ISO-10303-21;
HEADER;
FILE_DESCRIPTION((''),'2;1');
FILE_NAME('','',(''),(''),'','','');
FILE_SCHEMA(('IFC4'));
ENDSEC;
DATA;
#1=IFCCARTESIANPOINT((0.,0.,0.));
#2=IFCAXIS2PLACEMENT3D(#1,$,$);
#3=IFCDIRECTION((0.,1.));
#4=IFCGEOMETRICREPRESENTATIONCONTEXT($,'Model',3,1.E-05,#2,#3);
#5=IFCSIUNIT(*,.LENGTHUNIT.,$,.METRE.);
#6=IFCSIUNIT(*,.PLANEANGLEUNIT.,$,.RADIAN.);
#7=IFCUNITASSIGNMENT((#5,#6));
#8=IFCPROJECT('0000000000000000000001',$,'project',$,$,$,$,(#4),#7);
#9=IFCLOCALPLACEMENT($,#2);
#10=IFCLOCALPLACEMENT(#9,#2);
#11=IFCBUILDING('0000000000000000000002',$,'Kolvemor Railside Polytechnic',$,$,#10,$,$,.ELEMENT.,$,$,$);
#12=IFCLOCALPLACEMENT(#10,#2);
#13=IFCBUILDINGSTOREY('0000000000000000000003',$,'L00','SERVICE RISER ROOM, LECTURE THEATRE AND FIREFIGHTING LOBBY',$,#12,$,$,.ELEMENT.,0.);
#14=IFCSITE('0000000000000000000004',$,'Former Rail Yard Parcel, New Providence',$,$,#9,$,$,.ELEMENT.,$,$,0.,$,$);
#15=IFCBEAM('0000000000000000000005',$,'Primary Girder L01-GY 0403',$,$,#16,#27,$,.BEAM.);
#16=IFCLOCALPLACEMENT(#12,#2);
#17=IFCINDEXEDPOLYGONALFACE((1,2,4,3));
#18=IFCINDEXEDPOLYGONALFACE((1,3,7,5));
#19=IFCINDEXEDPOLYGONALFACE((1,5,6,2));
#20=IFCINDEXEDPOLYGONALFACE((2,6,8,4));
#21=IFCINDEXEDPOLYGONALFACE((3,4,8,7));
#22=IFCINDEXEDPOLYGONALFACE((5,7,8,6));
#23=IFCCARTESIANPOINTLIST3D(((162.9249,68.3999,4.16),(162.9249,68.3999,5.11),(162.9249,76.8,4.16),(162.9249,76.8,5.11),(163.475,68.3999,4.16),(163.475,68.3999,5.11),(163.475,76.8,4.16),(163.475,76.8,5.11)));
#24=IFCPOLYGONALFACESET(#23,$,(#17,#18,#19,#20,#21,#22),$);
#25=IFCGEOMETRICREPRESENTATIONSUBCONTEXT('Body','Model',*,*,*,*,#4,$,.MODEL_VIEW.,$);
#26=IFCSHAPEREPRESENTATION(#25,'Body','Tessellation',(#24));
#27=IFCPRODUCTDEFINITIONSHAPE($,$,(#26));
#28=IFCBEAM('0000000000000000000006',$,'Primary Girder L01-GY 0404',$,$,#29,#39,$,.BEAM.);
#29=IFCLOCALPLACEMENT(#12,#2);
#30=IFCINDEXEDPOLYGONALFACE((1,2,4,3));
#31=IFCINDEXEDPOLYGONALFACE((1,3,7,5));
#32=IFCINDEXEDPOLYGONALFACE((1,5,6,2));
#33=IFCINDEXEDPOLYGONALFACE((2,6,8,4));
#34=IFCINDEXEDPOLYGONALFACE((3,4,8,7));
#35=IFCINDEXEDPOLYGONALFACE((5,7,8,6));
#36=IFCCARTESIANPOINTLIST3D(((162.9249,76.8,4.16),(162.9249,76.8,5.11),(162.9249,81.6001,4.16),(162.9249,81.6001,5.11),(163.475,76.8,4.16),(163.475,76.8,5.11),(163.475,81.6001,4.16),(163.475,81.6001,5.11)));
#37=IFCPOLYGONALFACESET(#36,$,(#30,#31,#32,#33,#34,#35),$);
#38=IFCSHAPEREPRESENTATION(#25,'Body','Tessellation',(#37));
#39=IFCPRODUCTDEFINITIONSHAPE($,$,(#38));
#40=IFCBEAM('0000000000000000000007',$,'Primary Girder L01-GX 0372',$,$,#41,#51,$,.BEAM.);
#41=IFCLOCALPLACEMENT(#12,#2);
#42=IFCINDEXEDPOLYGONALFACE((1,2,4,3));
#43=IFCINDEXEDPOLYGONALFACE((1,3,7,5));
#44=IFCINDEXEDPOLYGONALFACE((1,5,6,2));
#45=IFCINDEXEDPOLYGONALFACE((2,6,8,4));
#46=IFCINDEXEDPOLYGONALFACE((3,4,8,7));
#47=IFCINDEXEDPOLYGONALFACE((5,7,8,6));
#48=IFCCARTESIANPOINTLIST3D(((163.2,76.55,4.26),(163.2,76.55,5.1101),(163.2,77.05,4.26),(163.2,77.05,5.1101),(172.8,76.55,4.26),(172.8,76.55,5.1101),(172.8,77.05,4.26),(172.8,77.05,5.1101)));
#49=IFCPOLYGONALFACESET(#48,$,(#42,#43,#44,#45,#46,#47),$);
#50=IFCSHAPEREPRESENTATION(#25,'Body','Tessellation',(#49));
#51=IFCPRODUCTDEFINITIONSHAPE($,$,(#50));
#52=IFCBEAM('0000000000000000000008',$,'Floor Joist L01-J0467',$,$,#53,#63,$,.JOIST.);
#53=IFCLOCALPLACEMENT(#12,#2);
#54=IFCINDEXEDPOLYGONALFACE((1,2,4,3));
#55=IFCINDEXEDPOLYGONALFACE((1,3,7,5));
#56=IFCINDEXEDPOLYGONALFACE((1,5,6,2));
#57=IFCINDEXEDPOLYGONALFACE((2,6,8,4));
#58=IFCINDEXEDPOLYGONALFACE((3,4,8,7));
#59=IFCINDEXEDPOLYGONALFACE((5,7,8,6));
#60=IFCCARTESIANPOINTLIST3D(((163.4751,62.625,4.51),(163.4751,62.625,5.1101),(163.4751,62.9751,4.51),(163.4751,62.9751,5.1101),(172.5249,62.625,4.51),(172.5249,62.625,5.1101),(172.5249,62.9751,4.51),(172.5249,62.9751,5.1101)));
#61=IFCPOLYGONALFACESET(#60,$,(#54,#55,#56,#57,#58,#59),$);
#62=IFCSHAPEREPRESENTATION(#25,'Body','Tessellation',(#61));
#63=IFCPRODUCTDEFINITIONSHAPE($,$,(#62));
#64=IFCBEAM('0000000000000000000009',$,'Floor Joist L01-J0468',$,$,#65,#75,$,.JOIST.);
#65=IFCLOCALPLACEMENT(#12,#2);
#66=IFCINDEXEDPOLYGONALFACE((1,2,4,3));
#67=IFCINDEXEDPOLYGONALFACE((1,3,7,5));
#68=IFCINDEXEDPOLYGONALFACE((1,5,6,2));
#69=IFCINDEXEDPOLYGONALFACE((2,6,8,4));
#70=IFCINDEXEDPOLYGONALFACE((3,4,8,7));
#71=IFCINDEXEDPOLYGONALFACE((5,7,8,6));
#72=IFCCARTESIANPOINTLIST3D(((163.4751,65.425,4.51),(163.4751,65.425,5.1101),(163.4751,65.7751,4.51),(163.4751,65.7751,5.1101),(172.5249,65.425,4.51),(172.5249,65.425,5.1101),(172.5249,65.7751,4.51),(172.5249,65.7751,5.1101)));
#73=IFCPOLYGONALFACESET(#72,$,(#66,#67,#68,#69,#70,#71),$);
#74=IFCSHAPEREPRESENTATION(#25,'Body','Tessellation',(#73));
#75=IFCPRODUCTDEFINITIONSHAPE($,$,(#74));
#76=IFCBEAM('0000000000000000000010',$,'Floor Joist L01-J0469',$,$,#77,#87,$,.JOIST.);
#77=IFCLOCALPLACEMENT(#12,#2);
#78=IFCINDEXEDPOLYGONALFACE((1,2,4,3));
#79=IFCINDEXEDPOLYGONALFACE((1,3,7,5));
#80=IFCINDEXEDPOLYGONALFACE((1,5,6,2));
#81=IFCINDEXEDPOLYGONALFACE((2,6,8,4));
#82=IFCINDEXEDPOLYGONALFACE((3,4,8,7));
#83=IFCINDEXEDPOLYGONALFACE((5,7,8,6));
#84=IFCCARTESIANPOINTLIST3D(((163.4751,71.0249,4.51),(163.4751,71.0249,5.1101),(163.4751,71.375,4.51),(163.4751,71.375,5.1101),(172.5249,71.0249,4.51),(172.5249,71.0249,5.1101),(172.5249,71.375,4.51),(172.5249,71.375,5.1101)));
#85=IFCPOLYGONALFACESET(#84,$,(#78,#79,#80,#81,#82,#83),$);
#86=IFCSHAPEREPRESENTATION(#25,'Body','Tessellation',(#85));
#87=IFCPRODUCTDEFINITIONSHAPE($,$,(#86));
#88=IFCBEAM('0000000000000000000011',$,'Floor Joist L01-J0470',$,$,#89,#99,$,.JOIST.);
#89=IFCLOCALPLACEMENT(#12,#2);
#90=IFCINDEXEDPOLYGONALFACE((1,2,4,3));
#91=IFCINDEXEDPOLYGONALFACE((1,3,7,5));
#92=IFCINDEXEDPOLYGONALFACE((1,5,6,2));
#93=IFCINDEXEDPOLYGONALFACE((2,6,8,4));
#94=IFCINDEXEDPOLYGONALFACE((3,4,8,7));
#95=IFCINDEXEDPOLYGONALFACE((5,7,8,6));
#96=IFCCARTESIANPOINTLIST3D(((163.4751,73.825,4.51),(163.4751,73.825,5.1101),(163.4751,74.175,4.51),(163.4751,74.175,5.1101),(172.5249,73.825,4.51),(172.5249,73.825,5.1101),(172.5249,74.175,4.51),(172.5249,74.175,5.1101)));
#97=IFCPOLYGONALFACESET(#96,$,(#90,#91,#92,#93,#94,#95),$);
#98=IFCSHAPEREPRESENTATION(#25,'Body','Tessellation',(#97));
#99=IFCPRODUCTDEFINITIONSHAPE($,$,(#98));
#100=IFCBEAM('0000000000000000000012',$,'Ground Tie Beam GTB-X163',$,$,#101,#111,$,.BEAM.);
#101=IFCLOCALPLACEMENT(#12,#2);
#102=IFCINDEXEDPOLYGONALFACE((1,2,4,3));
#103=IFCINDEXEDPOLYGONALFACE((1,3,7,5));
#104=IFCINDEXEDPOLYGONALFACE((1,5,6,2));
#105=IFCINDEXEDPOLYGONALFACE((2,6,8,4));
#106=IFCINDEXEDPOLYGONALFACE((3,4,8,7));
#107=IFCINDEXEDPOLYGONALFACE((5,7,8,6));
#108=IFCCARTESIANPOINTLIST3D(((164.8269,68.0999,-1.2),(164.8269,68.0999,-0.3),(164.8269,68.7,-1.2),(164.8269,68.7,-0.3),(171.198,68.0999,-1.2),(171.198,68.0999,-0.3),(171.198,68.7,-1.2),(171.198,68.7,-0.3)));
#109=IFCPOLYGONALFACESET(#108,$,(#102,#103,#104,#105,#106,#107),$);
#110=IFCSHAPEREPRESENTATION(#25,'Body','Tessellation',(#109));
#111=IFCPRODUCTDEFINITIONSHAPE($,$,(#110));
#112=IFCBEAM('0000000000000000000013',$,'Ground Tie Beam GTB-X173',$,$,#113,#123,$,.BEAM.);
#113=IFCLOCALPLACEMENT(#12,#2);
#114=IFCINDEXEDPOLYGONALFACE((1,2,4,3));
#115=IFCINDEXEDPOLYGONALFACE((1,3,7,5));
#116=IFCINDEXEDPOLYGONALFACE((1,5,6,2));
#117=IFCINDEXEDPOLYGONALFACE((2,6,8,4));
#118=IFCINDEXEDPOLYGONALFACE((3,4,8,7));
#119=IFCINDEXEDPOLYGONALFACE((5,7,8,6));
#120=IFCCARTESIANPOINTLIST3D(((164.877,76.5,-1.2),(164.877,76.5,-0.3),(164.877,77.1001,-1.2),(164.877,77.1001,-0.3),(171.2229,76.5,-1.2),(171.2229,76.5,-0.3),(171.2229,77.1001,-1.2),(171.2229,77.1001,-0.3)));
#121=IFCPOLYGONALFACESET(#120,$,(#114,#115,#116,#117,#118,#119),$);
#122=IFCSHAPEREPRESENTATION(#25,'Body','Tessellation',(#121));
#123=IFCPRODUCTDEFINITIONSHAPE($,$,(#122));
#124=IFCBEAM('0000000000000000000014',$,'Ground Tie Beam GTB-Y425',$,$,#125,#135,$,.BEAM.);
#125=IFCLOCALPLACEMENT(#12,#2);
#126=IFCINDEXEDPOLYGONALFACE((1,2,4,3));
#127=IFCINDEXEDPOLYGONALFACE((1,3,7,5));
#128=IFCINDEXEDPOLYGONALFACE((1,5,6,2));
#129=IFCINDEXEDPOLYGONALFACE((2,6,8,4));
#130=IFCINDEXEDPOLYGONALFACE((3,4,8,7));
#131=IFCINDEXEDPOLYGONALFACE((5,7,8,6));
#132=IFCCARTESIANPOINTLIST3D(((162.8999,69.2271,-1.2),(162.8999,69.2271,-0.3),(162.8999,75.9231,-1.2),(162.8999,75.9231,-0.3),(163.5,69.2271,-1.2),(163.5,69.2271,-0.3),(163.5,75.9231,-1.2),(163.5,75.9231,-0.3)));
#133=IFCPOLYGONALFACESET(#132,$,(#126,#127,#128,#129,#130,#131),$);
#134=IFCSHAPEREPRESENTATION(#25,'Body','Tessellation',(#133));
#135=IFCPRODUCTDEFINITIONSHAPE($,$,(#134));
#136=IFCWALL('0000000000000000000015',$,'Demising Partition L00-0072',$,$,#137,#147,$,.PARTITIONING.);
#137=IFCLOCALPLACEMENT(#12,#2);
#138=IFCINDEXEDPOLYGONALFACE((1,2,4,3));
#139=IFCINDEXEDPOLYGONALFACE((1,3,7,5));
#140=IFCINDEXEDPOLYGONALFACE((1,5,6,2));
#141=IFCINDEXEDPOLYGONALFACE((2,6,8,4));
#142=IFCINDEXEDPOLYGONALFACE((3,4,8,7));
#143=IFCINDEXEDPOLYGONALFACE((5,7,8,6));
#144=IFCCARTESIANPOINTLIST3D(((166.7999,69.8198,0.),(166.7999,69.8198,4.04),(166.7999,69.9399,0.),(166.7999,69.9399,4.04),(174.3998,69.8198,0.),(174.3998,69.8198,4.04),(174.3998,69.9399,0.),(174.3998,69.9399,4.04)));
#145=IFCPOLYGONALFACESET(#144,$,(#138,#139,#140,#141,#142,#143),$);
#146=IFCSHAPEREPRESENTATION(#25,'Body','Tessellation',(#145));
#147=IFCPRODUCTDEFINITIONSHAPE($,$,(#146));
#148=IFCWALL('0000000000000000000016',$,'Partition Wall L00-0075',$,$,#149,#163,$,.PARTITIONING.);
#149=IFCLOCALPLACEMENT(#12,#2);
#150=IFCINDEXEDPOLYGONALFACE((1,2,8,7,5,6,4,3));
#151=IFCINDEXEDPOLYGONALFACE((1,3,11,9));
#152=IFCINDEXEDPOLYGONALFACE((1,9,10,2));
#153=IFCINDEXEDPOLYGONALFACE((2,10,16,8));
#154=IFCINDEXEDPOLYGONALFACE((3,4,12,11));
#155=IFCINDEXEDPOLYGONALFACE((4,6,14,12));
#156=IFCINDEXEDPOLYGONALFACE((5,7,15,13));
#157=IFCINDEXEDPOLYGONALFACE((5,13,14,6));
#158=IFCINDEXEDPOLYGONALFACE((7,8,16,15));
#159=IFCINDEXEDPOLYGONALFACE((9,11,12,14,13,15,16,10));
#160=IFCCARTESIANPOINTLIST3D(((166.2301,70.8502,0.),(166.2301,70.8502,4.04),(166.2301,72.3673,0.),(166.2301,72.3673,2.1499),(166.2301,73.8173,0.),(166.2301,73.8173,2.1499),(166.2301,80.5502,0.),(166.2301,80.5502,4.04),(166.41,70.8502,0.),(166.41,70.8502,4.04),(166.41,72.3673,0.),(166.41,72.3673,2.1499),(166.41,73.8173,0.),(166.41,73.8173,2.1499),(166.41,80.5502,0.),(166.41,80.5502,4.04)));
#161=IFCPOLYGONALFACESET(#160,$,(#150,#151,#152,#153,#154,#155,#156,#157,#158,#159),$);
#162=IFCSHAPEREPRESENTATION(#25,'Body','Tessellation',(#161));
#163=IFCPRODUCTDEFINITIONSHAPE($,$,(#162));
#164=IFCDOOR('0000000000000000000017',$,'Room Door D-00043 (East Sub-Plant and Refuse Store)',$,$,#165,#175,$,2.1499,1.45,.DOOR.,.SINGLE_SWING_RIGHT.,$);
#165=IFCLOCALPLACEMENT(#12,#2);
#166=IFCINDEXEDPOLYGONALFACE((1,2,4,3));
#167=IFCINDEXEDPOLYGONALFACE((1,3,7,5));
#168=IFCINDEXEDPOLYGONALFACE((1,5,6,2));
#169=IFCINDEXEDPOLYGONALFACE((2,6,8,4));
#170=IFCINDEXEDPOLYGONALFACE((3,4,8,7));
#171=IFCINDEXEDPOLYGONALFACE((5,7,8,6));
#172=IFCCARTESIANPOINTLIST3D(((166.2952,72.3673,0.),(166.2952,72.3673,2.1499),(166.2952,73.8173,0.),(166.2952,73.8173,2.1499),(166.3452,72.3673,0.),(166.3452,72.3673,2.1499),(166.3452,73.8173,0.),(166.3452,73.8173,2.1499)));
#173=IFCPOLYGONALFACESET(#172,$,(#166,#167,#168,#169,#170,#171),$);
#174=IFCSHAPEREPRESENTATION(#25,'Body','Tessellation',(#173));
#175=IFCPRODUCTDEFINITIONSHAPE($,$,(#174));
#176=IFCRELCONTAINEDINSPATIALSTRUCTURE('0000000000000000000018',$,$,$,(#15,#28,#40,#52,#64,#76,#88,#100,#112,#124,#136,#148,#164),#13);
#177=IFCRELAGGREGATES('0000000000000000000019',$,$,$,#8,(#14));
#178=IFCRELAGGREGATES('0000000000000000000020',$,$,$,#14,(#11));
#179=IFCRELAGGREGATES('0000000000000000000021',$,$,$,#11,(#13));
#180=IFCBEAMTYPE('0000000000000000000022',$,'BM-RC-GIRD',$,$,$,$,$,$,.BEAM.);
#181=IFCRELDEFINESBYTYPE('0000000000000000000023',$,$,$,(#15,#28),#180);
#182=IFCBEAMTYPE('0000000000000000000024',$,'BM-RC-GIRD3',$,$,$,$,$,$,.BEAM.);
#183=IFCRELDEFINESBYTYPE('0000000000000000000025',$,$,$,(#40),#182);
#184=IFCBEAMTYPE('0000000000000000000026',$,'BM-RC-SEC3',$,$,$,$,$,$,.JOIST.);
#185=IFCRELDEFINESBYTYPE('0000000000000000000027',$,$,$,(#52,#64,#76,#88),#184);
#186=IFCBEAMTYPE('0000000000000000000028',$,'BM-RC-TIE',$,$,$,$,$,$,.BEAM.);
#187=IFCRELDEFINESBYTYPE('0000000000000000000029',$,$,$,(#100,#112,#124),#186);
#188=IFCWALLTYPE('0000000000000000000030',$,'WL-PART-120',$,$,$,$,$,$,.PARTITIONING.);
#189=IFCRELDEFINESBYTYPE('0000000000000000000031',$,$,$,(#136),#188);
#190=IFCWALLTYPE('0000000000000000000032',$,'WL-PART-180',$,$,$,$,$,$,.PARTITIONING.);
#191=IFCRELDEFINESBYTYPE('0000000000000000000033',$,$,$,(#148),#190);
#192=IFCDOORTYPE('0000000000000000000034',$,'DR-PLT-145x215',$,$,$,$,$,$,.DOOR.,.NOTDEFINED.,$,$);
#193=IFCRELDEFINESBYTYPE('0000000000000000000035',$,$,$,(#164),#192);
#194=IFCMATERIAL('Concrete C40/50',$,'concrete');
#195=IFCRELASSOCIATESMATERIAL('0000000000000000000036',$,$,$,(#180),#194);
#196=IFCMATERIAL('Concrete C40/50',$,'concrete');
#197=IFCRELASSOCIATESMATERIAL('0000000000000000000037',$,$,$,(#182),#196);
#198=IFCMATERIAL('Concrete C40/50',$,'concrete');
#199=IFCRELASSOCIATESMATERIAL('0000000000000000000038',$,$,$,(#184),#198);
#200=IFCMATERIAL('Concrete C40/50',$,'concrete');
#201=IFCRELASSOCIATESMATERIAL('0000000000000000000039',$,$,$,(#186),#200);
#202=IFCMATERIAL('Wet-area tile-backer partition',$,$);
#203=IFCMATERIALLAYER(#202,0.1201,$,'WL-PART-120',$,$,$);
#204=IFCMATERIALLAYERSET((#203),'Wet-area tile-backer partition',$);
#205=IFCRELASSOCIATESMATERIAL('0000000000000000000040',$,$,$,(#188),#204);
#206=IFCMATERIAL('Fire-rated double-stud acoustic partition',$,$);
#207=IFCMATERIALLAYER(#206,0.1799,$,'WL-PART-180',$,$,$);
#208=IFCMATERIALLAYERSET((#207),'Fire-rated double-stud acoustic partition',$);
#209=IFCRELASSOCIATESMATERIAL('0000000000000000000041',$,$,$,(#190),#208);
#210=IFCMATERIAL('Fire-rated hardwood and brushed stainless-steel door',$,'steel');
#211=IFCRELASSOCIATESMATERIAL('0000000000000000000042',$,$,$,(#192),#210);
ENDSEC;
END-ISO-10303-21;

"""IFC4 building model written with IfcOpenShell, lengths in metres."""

from ifc_helpers import new_model, si_unit, direction, frame, frame_2d, origin, origin_2d, place, context, subcontext, project, spatial, rectangle, extrude, material, layer, layer_set, material_profile, profile_set, type_object, element, fill, save


model = new_model("IFC4")

# Units and contexts
model_context = context("Model", 3, precision=1e-05, world=origin(), true_north=direction((0.0, 1.0)))
body_context = subcontext(model_context, "Body", "Model", "MODEL_VIEW")
ifc_project = project(units=[si_unit("LENGTHUNIT", "METRE"), si_unit("PLANEANGLEUNIT", "RADIAN")], contexts=[model_context])

# Site, building, storey
site_placement = place(None, origin())
site = spatial("IfcSite", under=ifc_project, at=site_placement, Name="Former Rail Yard Parcel, New Providence", CompositionType="ELEMENT", RefElevation=0.0)
building_placement = place(site_placement, origin())
building = spatial("IfcBuilding", under=site, at=building_placement, Name="Kolvemor Railside Polytechnic", CompositionType="ELEMENT")
storey_placement = place(building_placement, origin())
storey = spatial("IfcBuildingStorey", under=building, at=storey_placement, Name="L00", Description="SERVICE RISER ROOM, LECTURE THEATRE AND FIREFIGHTING LOBBY", CompositionType="ELEMENT", Elevation=0.0)

# Beams
ifc_material_1 = material(Name="Concrete C40/50", Category="concrete")
ifc_material_profile_1 = material_profile(ifc_material_1, rectangle(XDim=0.55, YDim=0.95, at=origin_2d()), Name="RC550x950")
ifc_profile_set_1 = profile_set([ifc_material_profile_1], Name="Concrete C40/50")
beam_type_1 = type_object("IfcBeamType", Name="BM-RC-GIRD", PredefinedType="BEAM", material=ifc_profile_set_1)
beam_1_placement = place(storey_placement, frame((163.2, 68.3999, 4.635), z_axis=(0.0, 1.0, 0.0), x_axis=(-1.0, 0.0, 0.0)))
element("IfcBeam", 1, at=beam_1_placement, inside=storey, type_object=beam_type_1, Name="Primary Girder L01-GY 0403", PredefinedType="BEAM", context=body_context, shape_type="SweptSolid", body=[
    extrude(rectangle(XDim=0.55, YDim=0.95, at=origin_2d()), origin(), (0.0, 0.0, 1.0), 8.4001),
])
beam_2_placement = place(storey_placement, frame((163.2, 76.8, 4.635), z_axis=(0.0, 1.0, 0.0), x_axis=(-1.0, 0.0, 0.0)))
element("IfcBeam", 2, at=beam_2_placement, inside=storey, type_object=beam_type_1, Name="Primary Girder L01-GY 0404", PredefinedType="BEAM", context=body_context, shape_type="SweptSolid", body=[
    extrude(rectangle(XDim=0.55, YDim=0.95, at=origin_2d()), origin(), (0.0, 0.0, 1.0), 4.8),
])
ifc_material_2 = material(Name="Concrete C40/50", Category="concrete")
ifc_material_profile_2 = material_profile(ifc_material_2, rectangle(XDim=0.5, YDim=0.8501, at=origin_2d()), Name="RC500x850")
ifc_profile_set_2 = profile_set([ifc_material_profile_2], Name="Concrete C40/50")
beam_type_2 = type_object("IfcBeamType", Name="BM-RC-GIRD3", PredefinedType="BEAM", material=ifc_profile_set_2)
beam_3_placement = place(storey_placement, frame((163.2, 76.8, 4.6851), z_axis=(1.0, 0.0, 0.0), x_axis=(0.0, 1.0, 0.0)))
element("IfcBeam", 3, at=beam_3_placement, inside=storey, type_object=beam_type_2, Name="Primary Girder L01-GX 0372", PredefinedType="BEAM", context=body_context, shape_type="SweptSolid", body=[
    extrude(rectangle(XDim=0.5, YDim=0.8501, at=origin_2d()), origin(), (0.0, 0.0, 1.0), 9.6001),
])
ifc_material_3 = material(Name="Concrete C40/50", Category="concrete")
ifc_material_profile_3 = material_profile(ifc_material_3, rectangle(XDim=0.3501, YDim=0.6001, at=origin_2d()), Name="RC350x600")
ifc_profile_set_3 = profile_set([ifc_material_profile_3], Name="Concrete C40/50")
beam_type_3 = type_object("IfcBeamType", Name="BM-RC-SEC3", PredefinedType="JOIST", material=ifc_profile_set_3)
for number, where, z_axis, x_axis, name in (
    (4, (163.4751, 62.8, 4.8101), (1.0, 0.0, 0.0), (0.0, 1.0, 0.0), "Floor Joist L01-J0467"),
    (5, (163.4751, 65.6001, 4.8101), (1.0, 0.0, 0.0), (0.0, 1.0, 0.0), "Floor Joist L01-J0468"),
    (6, (163.4751, 71.2, 4.8101), (1.0, 0.0, 0.0), (0.0, 1.0, 0.0), "Floor Joist L01-J0469"),
    (7, (163.4751, 74.0, 4.8101), (1.0, 0.0, 0.0), (0.0, 1.0, 0.0), "Floor Joist L01-J0470"),
):
    element("IfcBeam", number, at=place(storey_placement, frame(where, z_axis=z_axis, x_axis=x_axis)), inside=storey, type_object=beam_type_3, Name=name, PredefinedType="JOIST", context=body_context, shape_type="SweptSolid", body=[
        extrude(rectangle(XDim=0.3501, YDim=0.6001, at=origin_2d()), origin(), (0.0, 0.0, 1.0), 9.0498),
    ])
ifc_material_4 = material(Name="Concrete C40/50", Category="concrete")
ifc_material_profile_4 = material_profile(ifc_material_4, rectangle(XDim=0.6001, YDim=0.8999, at=origin_2d()), Name="RC600x900")
ifc_profile_set_4 = profile_set([ifc_material_profile_4], Name="Concrete C40/50")
beam_type_4 = type_object("IfcBeamType", Name="BM-RC-TIE", PredefinedType="BEAM", material=ifc_profile_set_4)
beam_4_placement = place(storey_placement, frame((164.8269, 68.3999, -0.75), z_axis=(1.0, 0.0, 0.0), x_axis=(0.0, 1.0, 0.0)))
element("IfcBeam", 8, at=beam_4_placement, inside=storey, type_object=beam_type_4, Name="Ground Tie Beam GTB-X163", PredefinedType="BEAM", context=body_context, shape_type="SweptSolid", body=[
    extrude(rectangle(XDim=0.6001, YDim=0.8999, at=origin_2d()), origin(), (0.0, 0.0, 1.0), 6.3711),
])
beam_5_placement = place(storey_placement, frame((164.877, 76.8, -0.75), z_axis=(1.0, 0.0, 0.0), x_axis=(0.0, 1.0, 0.0)))
element("IfcBeam", 9, at=beam_5_placement, inside=storey, type_object=beam_type_4, Name="Ground Tie Beam GTB-X173", PredefinedType="BEAM", context=body_context, shape_type="SweptSolid", body=[
    extrude(rectangle(XDim=0.6001, YDim=0.8999, at=origin_2d()), origin(), (0.0, 0.0, 1.0), 6.3459),
])
beam_6_placement = place(storey_placement, frame((163.2, 69.2271, -0.75), z_axis=(0.0, 1.0, 0.0), x_axis=(-1.0, 0.0, 0.0)))
element("IfcBeam", 10, at=beam_6_placement, inside=storey, type_object=beam_type_4, Name="Ground Tie Beam GTB-Y425", PredefinedType="BEAM", context=body_context, shape_type="SweptSolid", body=[
    extrude(rectangle(XDim=0.6001, YDim=0.8999, at=origin_2d()), origin(), (0.0, 0.0, 1.0), 6.696),
])

# Wall
ifc_material_5 = material(Name="Wet-area tile-backer partition")
ifc_layer_1 = layer(ifc_material_5, 0.1201, Name="WL-PART-120")
ifc_layer_set_1 = layer_set([ifc_layer_1], Name="Wet-area tile-backer partition")
wall_type_1 = type_object("IfcWallType", Name="WL-PART-120", PredefinedType="PARTITIONING", material=ifc_layer_set_1)
wall_1_placement = place(storey_placement, frame((166.8, 69.8799, 0.0), z_axis=(0.0, 0.0, 1.0), x_axis=(1.0, 0.0, 0.0)))
element("IfcWall", 11, at=wall_1_placement, inside=storey, type_object=wall_type_1, Name="Demising Partition L00-0072", PredefinedType="PARTITIONING", context=body_context, shape_type="SweptSolid", body=[
    extrude(rectangle(XDim=7.5999, YDim=0.1201, at=frame_2d((3.7998, 0.0))), origin(), (0.0, 0.0, 1.0), 4.04),
])

# Wall, opening, door
ifc_material_6 = material(Name="Fire-rated double-stud acoustic partition")
ifc_layer_2 = layer(ifc_material_6, 0.1799, Name="WL-PART-180")
ifc_layer_set_2 = layer_set([ifc_layer_2], Name="Fire-rated double-stud acoustic partition")
wall_type_2 = type_object("IfcWallType", Name="WL-PART-180", PredefinedType="PARTITIONING", material=ifc_layer_set_2)
wall_2_placement = place(storey_placement, frame((166.3201, 70.8501, 0.0), z_axis=(0.0, 0.0, 1.0), x_axis=(0.0, 1.0, 0.0)))
wall_2 = element("IfcWall", 12, at=wall_2_placement, inside=storey, type_object=wall_type_2, Name="Partition Wall L00-0075", PredefinedType="PARTITIONING", context=body_context, shape_type="SweptSolid", body=[
    extrude(rectangle(XDim=9.7, YDim=0.1799, at=frame_2d((4.8501, 0.0))), origin(), (0.0, 0.0, 1.0), 4.04),
])
opening_placement = place(wall_2_placement, frame((1.5171, 0.0, 0.0)))
opening = element("IfcOpeningElement", 13, at=opening_placement, cuts=wall_2, PredefinedType="OPENING", context=body_context, shape_type="SweptSolid", body=[
    extrude(rectangle(XDim=1.45, YDim=2.1499, at=frame_2d((0.7251, 1.075))), frame((0.0, 0.0999, 0.0), z_axis=(0.0, -1.0, 0.0), x_axis=(1.0, 0.0, 0.0)), (0.0, 0.0, 1.0), 0.2),
])
ifc_material_7 = material(Name="Fire-rated hardwood and brushed stainless-steel door", Category="steel")
door_type = type_object("IfcDoorType", Name="DR-PLT-145x215", OperationType="NOTDEFINED", PredefinedType="DOOR", material=ifc_material_7)
door_placement = place(opening_placement, origin())
door = element("IfcDoor", 14, at=door_placement, inside=storey, type_object=door_type, Name="Room Door D-00043 (East Sub-Plant and Refuse Store)", OperationType="SINGLE_SWING_RIGHT", OverallHeight=2.1499, OverallWidth=1.45, PredefinedType="DOOR", context=body_context, shape_type="SweptSolid", body=[
    extrude(rectangle(XDim=1.45, YDim=2.1499, at=frame_2d((0.7251, 1.075))), frame((0.0, 0.0249, 0.0), z_axis=(0.0, -1.0, 0.0), x_axis=(1.0, 0.0, 0.0)), (0.0, 0.0, 1.0), 0.05),
])
fill(opening, door)

save(model, "model.ifc")
